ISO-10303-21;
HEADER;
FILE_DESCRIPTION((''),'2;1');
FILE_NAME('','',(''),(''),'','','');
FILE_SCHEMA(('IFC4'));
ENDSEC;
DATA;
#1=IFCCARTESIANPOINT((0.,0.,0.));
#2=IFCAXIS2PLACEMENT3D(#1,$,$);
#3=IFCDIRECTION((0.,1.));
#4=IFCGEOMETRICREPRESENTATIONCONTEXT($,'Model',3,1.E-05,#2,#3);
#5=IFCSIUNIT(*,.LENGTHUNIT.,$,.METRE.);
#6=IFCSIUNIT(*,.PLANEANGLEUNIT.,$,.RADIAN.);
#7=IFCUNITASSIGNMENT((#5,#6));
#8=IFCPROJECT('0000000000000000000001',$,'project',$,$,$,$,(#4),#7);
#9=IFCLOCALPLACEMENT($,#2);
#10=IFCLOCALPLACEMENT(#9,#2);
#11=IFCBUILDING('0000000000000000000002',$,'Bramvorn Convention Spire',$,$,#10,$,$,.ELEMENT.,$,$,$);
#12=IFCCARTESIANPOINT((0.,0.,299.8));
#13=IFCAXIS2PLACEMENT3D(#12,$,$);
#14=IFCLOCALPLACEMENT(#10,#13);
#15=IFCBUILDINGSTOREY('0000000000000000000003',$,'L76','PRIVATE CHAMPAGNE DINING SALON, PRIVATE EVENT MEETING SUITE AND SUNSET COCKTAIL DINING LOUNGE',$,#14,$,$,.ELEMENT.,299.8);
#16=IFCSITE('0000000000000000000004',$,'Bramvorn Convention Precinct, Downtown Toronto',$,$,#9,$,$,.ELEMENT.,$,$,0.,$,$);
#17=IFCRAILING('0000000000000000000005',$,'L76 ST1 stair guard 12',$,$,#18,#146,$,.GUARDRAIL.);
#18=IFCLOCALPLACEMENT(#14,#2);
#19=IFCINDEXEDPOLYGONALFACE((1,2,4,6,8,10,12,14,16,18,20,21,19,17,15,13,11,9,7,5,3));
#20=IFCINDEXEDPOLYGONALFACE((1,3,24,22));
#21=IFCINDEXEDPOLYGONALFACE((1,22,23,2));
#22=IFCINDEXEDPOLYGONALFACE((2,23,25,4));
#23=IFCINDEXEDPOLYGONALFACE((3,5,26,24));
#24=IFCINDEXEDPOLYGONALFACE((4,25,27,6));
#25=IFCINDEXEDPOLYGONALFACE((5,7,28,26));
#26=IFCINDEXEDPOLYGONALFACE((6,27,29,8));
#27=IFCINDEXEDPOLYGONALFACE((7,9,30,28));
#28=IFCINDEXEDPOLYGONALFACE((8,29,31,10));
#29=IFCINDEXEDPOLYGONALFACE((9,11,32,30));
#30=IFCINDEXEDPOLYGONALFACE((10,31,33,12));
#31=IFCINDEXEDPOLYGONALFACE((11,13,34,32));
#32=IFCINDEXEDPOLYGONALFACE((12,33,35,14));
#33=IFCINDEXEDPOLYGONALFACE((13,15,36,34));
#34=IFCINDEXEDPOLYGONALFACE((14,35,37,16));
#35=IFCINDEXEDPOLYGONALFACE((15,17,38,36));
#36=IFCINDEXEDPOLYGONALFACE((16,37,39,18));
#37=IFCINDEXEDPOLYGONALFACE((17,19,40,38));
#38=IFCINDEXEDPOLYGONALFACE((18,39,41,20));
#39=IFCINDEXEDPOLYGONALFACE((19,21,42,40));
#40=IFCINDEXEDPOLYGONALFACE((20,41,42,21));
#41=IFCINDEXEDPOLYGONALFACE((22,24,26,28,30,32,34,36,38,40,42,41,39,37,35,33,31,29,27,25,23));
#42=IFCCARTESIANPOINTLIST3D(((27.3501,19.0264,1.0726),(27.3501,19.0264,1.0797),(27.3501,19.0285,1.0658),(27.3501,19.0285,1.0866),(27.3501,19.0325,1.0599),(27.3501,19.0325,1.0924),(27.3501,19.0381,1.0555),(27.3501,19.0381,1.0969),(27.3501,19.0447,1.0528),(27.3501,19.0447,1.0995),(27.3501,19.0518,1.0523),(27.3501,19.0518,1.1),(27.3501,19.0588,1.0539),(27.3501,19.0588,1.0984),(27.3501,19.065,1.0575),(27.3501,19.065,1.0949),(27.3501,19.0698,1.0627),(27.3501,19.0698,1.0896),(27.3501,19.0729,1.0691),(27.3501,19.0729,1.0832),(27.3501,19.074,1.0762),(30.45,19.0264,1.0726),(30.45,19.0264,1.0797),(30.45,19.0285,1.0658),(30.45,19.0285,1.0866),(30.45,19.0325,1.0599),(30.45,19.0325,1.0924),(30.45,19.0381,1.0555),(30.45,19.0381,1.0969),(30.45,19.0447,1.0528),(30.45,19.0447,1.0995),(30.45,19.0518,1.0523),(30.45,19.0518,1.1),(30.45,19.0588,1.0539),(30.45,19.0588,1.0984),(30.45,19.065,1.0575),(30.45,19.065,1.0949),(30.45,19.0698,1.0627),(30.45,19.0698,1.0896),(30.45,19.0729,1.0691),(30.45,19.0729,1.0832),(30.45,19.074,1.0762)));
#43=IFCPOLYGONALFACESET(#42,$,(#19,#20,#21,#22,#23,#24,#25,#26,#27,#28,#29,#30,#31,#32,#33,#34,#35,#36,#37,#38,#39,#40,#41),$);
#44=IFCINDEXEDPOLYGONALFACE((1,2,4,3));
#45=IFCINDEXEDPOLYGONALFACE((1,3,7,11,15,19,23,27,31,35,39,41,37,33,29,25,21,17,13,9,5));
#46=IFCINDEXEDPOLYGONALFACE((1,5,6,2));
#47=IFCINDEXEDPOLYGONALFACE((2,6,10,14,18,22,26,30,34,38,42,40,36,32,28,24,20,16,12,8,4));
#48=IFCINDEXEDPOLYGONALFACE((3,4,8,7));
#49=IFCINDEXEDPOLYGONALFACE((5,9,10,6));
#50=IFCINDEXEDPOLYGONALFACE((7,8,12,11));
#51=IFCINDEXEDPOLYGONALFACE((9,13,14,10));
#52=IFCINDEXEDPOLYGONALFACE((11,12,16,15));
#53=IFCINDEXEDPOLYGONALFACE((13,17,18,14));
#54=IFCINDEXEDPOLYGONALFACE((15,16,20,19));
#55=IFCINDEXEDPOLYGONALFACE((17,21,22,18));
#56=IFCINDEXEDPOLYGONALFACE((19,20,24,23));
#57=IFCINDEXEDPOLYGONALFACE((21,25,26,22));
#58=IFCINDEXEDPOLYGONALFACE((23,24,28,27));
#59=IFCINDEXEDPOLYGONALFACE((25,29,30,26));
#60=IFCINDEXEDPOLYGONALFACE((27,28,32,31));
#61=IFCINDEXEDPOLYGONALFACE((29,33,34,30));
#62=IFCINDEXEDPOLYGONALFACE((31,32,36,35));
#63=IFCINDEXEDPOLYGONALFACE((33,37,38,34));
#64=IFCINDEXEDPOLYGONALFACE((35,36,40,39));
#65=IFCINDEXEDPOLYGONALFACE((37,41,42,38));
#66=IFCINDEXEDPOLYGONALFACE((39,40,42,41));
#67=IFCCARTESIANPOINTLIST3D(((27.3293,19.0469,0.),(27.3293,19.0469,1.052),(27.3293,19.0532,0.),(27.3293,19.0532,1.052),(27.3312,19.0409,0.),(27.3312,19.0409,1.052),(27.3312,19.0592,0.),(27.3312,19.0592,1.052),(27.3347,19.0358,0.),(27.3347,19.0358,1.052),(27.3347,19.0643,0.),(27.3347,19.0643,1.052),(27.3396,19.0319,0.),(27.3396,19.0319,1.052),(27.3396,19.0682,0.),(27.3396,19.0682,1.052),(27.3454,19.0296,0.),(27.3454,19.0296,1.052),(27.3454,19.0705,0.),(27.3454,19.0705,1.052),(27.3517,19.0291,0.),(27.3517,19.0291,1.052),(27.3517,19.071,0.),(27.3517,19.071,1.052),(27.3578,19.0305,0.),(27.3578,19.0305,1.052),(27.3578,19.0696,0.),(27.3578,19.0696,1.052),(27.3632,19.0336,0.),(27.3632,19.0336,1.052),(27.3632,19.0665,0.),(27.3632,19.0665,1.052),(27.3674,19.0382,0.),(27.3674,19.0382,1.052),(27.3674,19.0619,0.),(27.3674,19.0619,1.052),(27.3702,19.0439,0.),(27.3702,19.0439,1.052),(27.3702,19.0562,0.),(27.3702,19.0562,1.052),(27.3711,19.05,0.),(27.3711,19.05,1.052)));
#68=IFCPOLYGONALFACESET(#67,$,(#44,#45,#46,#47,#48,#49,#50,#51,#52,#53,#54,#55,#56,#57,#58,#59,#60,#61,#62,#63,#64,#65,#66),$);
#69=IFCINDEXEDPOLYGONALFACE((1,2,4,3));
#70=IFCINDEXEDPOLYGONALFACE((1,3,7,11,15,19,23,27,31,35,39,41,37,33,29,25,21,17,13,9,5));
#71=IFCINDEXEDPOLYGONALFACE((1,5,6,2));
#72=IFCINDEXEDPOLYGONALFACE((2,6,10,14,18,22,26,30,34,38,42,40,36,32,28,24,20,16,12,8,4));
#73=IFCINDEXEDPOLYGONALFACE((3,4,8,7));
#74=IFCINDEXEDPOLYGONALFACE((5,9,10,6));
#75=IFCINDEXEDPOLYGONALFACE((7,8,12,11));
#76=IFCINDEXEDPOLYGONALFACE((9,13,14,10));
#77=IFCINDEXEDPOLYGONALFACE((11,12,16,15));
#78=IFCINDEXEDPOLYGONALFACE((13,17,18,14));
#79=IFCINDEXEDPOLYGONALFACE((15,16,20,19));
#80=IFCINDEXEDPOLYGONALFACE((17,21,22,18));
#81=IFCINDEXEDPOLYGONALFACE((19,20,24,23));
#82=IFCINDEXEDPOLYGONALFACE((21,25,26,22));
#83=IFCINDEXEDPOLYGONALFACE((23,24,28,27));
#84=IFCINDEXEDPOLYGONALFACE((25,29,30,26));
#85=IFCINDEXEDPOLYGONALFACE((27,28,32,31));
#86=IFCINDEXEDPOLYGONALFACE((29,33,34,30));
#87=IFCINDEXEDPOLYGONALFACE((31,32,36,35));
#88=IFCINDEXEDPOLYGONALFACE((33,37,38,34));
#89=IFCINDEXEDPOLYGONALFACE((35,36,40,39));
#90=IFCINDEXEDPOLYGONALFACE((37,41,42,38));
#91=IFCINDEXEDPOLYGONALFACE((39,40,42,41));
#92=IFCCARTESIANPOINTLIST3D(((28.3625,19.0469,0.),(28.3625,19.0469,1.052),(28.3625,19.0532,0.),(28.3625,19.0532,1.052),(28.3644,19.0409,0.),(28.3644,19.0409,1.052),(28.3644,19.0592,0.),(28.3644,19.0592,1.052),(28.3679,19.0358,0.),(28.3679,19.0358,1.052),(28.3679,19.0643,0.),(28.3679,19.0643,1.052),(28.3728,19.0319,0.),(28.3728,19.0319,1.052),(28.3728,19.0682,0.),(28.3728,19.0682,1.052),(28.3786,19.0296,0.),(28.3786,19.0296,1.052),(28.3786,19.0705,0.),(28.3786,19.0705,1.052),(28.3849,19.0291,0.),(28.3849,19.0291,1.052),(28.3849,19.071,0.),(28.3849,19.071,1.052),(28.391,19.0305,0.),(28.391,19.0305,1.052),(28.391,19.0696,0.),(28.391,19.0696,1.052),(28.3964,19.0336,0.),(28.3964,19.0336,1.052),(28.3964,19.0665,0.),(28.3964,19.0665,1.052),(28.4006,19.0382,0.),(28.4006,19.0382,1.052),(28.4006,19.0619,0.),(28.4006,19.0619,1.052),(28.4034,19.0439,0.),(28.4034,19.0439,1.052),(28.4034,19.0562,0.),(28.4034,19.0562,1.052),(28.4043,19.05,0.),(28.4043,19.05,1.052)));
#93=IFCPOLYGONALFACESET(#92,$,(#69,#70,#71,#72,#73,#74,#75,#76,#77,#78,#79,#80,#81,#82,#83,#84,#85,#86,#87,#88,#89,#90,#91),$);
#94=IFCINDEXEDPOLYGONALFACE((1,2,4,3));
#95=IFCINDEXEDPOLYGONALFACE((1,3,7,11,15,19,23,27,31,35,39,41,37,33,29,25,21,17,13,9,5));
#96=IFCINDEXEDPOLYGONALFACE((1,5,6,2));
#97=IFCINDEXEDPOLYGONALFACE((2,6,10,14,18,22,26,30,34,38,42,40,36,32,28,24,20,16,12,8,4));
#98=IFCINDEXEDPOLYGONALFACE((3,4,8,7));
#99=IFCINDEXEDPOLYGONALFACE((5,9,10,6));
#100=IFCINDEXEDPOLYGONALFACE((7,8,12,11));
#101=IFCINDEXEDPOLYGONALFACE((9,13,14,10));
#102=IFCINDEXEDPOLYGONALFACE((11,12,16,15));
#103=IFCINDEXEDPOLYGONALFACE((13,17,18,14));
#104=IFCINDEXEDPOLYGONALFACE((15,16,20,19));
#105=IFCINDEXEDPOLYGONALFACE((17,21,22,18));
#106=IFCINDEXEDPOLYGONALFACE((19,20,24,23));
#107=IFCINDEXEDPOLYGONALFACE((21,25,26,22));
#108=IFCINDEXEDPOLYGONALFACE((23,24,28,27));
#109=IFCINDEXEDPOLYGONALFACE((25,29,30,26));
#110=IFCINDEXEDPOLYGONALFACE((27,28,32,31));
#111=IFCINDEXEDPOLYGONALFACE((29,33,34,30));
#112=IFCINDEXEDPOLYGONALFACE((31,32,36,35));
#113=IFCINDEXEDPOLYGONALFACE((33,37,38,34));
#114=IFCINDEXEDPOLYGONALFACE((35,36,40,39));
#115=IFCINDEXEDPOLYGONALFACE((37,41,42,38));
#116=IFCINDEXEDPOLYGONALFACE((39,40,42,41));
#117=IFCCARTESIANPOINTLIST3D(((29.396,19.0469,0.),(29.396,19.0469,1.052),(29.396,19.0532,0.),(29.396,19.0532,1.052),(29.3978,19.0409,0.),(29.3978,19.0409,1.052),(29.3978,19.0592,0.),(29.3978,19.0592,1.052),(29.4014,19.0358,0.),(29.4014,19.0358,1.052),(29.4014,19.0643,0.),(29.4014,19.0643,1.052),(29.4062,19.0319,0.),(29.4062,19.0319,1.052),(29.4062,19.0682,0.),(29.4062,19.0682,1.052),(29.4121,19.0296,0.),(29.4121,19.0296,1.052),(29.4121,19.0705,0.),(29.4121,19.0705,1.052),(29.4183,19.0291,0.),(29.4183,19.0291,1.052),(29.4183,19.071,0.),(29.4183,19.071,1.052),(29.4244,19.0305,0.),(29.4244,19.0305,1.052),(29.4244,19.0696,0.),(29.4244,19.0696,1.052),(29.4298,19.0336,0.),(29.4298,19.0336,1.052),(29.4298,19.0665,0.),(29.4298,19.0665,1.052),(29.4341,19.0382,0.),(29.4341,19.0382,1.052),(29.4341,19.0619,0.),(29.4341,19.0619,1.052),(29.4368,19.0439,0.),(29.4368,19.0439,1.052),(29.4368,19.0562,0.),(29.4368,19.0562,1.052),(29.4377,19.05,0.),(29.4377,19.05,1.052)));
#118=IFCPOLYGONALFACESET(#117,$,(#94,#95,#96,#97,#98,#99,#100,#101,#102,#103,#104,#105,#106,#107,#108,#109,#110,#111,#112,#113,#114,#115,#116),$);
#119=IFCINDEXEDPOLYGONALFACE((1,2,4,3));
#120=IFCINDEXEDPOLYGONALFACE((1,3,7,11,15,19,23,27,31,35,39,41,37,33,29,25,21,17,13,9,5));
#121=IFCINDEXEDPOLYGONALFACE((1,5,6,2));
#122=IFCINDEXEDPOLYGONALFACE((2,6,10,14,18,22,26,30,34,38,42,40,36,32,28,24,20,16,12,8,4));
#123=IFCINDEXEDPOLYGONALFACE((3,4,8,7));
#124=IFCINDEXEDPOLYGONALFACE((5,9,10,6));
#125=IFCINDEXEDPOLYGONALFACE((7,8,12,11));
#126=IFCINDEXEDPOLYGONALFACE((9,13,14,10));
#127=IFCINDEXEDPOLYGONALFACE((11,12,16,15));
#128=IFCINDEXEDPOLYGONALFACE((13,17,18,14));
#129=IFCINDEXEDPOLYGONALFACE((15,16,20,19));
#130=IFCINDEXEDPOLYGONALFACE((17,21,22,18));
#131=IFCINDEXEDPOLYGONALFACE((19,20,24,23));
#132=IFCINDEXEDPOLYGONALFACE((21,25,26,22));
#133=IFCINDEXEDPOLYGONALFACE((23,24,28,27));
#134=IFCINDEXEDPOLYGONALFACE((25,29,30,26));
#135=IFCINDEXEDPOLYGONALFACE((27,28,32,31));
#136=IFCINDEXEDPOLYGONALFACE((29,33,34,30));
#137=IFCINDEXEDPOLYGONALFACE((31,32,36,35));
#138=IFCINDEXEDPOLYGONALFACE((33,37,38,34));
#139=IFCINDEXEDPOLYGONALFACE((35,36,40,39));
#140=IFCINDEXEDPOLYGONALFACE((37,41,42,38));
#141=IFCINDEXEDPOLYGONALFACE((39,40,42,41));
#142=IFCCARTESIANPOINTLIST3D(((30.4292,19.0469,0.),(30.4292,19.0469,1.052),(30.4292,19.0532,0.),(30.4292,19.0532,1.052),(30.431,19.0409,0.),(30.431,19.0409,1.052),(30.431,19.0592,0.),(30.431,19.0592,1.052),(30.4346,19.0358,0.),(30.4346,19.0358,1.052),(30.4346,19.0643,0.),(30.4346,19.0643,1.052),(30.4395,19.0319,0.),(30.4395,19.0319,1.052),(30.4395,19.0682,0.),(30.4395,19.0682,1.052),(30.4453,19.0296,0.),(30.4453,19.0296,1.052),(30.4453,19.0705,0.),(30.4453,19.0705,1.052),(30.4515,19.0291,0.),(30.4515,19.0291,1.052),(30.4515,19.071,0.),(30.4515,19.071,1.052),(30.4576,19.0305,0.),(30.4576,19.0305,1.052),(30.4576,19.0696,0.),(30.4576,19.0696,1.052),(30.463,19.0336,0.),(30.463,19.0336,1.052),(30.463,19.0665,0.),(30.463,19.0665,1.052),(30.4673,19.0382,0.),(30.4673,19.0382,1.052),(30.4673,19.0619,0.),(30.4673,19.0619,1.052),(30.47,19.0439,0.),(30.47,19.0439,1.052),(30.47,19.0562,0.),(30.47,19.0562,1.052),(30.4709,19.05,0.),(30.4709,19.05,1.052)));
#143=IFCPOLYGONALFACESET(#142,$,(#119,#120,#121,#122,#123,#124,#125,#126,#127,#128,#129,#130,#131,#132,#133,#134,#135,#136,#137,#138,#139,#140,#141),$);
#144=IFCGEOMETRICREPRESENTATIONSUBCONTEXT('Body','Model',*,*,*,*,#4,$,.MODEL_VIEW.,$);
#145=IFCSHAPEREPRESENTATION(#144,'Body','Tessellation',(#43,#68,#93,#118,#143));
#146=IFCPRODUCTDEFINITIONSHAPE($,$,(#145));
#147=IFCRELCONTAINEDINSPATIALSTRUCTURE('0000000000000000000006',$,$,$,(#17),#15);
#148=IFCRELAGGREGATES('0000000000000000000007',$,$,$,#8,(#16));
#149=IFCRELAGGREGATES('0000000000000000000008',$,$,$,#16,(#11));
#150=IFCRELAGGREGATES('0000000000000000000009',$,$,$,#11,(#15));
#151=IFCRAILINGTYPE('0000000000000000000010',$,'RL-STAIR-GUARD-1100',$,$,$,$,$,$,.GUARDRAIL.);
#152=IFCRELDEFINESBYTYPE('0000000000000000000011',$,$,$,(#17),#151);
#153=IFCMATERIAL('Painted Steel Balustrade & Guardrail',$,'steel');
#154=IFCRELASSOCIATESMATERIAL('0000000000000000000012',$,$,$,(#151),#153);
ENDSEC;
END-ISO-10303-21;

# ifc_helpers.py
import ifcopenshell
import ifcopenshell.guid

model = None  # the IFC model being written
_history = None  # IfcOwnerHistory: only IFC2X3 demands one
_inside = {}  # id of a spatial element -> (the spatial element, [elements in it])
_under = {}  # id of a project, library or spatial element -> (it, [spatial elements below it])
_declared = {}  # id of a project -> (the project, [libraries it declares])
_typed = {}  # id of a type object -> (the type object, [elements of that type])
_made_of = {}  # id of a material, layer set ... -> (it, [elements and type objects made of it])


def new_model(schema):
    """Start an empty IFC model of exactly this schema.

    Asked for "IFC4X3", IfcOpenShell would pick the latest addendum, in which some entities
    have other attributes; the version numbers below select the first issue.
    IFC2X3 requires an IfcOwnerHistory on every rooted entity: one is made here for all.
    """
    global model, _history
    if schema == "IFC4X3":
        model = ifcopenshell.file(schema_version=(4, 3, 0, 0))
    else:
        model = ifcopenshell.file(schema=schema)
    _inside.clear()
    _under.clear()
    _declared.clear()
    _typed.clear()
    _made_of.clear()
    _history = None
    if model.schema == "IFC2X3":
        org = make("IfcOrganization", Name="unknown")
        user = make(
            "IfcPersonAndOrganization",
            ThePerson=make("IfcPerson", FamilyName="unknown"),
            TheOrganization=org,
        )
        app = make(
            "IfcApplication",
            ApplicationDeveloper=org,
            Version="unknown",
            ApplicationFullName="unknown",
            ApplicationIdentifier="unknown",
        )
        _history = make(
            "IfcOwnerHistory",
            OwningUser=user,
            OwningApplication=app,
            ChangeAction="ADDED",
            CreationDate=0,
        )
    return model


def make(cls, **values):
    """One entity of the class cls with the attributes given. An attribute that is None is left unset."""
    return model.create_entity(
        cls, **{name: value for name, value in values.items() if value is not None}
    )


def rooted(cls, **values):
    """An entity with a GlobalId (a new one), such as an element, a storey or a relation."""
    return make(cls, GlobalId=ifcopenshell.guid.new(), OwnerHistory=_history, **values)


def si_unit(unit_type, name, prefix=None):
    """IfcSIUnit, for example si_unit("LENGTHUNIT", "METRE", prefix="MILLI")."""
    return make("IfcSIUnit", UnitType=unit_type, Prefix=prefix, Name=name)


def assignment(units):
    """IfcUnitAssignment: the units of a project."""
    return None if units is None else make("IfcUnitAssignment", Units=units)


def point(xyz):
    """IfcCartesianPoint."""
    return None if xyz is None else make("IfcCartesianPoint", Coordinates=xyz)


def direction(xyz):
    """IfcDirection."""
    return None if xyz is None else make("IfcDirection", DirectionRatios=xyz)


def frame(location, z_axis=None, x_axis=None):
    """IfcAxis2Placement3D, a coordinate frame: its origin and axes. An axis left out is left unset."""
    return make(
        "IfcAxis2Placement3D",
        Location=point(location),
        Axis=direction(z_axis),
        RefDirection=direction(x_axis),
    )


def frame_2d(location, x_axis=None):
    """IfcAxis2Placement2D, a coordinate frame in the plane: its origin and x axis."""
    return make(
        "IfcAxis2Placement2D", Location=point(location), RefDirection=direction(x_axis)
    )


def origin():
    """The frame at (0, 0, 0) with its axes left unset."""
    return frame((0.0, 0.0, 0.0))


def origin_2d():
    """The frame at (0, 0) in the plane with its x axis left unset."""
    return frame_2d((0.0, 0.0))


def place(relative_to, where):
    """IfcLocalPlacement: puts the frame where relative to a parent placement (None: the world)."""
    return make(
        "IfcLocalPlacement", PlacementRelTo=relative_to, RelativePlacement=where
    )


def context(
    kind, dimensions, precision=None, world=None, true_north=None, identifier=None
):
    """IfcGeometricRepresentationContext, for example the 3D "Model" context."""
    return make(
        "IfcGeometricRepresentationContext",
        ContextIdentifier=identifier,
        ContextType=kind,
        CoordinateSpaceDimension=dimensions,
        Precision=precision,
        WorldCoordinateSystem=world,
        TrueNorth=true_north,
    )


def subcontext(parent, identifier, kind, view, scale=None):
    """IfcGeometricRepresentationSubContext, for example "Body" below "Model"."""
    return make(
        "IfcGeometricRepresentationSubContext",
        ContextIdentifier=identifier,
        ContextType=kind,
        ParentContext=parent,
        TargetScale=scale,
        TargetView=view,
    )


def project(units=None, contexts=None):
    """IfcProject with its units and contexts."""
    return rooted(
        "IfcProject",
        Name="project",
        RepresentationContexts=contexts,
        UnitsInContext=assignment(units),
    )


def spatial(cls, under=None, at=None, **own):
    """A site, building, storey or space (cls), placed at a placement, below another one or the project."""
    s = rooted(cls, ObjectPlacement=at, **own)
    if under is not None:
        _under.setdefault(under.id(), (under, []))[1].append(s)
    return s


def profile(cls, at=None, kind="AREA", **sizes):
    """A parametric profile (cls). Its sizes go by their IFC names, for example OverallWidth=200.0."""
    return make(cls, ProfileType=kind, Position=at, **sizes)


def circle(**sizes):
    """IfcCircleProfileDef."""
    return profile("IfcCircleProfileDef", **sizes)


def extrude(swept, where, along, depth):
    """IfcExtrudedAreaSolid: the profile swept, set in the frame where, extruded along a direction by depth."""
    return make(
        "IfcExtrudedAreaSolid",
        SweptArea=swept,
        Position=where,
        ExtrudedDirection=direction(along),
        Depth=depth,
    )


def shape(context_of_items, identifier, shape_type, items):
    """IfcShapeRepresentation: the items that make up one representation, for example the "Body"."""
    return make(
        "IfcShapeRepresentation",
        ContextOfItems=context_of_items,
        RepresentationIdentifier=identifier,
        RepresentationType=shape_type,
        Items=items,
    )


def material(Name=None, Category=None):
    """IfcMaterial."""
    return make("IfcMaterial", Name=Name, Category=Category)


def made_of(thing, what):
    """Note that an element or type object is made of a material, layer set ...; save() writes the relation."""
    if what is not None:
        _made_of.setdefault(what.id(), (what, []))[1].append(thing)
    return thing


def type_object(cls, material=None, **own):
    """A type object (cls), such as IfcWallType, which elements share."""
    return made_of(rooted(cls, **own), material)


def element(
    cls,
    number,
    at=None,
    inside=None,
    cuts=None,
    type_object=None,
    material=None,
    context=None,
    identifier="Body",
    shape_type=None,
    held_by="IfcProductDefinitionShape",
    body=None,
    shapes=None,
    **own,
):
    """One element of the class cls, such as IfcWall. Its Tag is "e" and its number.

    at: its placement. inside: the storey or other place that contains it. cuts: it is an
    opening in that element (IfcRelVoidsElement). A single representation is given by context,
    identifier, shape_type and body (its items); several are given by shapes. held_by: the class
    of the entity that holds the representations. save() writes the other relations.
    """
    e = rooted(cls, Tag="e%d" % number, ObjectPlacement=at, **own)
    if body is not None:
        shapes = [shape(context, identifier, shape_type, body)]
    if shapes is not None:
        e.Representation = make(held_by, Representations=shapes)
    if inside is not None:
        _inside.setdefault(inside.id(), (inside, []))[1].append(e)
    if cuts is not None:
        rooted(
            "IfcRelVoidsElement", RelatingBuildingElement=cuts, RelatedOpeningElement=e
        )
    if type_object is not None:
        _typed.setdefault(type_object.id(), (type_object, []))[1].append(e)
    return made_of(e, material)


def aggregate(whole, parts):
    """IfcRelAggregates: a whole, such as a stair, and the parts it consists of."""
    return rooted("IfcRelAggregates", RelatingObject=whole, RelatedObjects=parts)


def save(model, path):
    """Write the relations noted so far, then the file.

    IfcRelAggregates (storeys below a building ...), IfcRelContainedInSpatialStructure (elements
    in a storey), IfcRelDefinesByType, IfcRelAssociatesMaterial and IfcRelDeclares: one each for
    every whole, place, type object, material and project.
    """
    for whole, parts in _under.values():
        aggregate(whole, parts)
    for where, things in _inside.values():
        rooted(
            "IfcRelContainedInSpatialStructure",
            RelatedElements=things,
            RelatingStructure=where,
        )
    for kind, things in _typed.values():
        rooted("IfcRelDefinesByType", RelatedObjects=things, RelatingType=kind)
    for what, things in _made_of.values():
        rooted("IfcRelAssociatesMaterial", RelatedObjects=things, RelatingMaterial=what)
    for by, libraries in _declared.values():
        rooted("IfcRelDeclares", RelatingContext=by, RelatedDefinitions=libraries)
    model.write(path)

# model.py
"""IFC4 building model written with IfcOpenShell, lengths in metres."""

from ifc_helpers import new_model, si_unit, direction, frame, origin, origin_2d, place, context, subcontext, project, spatial, circle, extrude, material, type_object, element, save


model = new_model("IFC4")

# Units and contexts
model_context = context("Model", 3, precision=1e-05, world=origin(), true_north=direction((0.0, 1.0)))
body_context = subcontext(model_context, "Body", "Model", "MODEL_VIEW")
ifc_project = project(units=[si_unit("LENGTHUNIT", "METRE"), si_unit("PLANEANGLEUNIT", "RADIAN")], contexts=[model_context])

# Site, building, storey
site_placement = place(None, origin())
site = spatial("IfcSite", under=ifc_project, at=site_placement, Name="Bramvorn Convention Precinct, Downtown Toronto", CompositionType="ELEMENT", RefElevation=0.0)
building_placement = place(site_placement, origin())
building = spatial("IfcBuilding", under=site, at=building_placement, Name="Bramvorn Convention Spire", CompositionType="ELEMENT")
storey_placement = place(building_placement, frame((0.0, 0.0, 299.8)))
storey = spatial("IfcBuildingStorey", under=building, at=storey_placement, Name="L76", Description="PRIVATE CHAMPAGNE DINING SALON, PRIVATE EVENT MEETING SUITE AND SUNSET COCKTAIL DINING LOUNGE", CompositionType="ELEMENT", Elevation=299.8)

# Railing
ifc_material_1 = material(Name="Painted Steel Balustrade & Guardrail", Category="steel")
railing_type = type_object("IfcRailingType", Name="RL-STAIR-GUARD-1100", PredefinedType="GUARDRAIL", material=ifc_material_1)
railing_placement = place(storey_placement, frame((27.3501, 19.05, 0.0)))
element("IfcRailing", 1, at=railing_placement, inside=storey, type_object=railing_type, Name="L76 ST1 stair guard 12", PredefinedType="GUARDRAIL", context=body_context, shape_type="SweptSolid", body=[
    extrude(circle(Radius=0.0239, at=origin_2d()), frame((0.0, 0.0, 1.0762), z_axis=(1.0, 0.0, 0.0), x_axis=(0.0, 1.0, 0.0)), (0.0, 0.0, 1.0), 3.0999),
    extrude(circle(Radius=0.021, at=origin_2d()), origin(), (0.0, 0.0, 1.0), 1.052),
    extrude(circle(Radius=0.021, at=origin_2d()), frame((1.0332, 0.0, 0.0)), (0.0, 0.0, 1.0), 1.052),
    extrude(circle(Radius=0.021, at=origin_2d()), frame((2.0667, 0.0, 0.0)), (0.0, 0.0, 1.0), 1.052),
    extrude(circle(Radius=0.021, at=origin_2d()), frame((3.0999, 0.0, 0.0)), (0.0, 0.0, 1.0), 1.052),
])

save(model, "model.ifc")
